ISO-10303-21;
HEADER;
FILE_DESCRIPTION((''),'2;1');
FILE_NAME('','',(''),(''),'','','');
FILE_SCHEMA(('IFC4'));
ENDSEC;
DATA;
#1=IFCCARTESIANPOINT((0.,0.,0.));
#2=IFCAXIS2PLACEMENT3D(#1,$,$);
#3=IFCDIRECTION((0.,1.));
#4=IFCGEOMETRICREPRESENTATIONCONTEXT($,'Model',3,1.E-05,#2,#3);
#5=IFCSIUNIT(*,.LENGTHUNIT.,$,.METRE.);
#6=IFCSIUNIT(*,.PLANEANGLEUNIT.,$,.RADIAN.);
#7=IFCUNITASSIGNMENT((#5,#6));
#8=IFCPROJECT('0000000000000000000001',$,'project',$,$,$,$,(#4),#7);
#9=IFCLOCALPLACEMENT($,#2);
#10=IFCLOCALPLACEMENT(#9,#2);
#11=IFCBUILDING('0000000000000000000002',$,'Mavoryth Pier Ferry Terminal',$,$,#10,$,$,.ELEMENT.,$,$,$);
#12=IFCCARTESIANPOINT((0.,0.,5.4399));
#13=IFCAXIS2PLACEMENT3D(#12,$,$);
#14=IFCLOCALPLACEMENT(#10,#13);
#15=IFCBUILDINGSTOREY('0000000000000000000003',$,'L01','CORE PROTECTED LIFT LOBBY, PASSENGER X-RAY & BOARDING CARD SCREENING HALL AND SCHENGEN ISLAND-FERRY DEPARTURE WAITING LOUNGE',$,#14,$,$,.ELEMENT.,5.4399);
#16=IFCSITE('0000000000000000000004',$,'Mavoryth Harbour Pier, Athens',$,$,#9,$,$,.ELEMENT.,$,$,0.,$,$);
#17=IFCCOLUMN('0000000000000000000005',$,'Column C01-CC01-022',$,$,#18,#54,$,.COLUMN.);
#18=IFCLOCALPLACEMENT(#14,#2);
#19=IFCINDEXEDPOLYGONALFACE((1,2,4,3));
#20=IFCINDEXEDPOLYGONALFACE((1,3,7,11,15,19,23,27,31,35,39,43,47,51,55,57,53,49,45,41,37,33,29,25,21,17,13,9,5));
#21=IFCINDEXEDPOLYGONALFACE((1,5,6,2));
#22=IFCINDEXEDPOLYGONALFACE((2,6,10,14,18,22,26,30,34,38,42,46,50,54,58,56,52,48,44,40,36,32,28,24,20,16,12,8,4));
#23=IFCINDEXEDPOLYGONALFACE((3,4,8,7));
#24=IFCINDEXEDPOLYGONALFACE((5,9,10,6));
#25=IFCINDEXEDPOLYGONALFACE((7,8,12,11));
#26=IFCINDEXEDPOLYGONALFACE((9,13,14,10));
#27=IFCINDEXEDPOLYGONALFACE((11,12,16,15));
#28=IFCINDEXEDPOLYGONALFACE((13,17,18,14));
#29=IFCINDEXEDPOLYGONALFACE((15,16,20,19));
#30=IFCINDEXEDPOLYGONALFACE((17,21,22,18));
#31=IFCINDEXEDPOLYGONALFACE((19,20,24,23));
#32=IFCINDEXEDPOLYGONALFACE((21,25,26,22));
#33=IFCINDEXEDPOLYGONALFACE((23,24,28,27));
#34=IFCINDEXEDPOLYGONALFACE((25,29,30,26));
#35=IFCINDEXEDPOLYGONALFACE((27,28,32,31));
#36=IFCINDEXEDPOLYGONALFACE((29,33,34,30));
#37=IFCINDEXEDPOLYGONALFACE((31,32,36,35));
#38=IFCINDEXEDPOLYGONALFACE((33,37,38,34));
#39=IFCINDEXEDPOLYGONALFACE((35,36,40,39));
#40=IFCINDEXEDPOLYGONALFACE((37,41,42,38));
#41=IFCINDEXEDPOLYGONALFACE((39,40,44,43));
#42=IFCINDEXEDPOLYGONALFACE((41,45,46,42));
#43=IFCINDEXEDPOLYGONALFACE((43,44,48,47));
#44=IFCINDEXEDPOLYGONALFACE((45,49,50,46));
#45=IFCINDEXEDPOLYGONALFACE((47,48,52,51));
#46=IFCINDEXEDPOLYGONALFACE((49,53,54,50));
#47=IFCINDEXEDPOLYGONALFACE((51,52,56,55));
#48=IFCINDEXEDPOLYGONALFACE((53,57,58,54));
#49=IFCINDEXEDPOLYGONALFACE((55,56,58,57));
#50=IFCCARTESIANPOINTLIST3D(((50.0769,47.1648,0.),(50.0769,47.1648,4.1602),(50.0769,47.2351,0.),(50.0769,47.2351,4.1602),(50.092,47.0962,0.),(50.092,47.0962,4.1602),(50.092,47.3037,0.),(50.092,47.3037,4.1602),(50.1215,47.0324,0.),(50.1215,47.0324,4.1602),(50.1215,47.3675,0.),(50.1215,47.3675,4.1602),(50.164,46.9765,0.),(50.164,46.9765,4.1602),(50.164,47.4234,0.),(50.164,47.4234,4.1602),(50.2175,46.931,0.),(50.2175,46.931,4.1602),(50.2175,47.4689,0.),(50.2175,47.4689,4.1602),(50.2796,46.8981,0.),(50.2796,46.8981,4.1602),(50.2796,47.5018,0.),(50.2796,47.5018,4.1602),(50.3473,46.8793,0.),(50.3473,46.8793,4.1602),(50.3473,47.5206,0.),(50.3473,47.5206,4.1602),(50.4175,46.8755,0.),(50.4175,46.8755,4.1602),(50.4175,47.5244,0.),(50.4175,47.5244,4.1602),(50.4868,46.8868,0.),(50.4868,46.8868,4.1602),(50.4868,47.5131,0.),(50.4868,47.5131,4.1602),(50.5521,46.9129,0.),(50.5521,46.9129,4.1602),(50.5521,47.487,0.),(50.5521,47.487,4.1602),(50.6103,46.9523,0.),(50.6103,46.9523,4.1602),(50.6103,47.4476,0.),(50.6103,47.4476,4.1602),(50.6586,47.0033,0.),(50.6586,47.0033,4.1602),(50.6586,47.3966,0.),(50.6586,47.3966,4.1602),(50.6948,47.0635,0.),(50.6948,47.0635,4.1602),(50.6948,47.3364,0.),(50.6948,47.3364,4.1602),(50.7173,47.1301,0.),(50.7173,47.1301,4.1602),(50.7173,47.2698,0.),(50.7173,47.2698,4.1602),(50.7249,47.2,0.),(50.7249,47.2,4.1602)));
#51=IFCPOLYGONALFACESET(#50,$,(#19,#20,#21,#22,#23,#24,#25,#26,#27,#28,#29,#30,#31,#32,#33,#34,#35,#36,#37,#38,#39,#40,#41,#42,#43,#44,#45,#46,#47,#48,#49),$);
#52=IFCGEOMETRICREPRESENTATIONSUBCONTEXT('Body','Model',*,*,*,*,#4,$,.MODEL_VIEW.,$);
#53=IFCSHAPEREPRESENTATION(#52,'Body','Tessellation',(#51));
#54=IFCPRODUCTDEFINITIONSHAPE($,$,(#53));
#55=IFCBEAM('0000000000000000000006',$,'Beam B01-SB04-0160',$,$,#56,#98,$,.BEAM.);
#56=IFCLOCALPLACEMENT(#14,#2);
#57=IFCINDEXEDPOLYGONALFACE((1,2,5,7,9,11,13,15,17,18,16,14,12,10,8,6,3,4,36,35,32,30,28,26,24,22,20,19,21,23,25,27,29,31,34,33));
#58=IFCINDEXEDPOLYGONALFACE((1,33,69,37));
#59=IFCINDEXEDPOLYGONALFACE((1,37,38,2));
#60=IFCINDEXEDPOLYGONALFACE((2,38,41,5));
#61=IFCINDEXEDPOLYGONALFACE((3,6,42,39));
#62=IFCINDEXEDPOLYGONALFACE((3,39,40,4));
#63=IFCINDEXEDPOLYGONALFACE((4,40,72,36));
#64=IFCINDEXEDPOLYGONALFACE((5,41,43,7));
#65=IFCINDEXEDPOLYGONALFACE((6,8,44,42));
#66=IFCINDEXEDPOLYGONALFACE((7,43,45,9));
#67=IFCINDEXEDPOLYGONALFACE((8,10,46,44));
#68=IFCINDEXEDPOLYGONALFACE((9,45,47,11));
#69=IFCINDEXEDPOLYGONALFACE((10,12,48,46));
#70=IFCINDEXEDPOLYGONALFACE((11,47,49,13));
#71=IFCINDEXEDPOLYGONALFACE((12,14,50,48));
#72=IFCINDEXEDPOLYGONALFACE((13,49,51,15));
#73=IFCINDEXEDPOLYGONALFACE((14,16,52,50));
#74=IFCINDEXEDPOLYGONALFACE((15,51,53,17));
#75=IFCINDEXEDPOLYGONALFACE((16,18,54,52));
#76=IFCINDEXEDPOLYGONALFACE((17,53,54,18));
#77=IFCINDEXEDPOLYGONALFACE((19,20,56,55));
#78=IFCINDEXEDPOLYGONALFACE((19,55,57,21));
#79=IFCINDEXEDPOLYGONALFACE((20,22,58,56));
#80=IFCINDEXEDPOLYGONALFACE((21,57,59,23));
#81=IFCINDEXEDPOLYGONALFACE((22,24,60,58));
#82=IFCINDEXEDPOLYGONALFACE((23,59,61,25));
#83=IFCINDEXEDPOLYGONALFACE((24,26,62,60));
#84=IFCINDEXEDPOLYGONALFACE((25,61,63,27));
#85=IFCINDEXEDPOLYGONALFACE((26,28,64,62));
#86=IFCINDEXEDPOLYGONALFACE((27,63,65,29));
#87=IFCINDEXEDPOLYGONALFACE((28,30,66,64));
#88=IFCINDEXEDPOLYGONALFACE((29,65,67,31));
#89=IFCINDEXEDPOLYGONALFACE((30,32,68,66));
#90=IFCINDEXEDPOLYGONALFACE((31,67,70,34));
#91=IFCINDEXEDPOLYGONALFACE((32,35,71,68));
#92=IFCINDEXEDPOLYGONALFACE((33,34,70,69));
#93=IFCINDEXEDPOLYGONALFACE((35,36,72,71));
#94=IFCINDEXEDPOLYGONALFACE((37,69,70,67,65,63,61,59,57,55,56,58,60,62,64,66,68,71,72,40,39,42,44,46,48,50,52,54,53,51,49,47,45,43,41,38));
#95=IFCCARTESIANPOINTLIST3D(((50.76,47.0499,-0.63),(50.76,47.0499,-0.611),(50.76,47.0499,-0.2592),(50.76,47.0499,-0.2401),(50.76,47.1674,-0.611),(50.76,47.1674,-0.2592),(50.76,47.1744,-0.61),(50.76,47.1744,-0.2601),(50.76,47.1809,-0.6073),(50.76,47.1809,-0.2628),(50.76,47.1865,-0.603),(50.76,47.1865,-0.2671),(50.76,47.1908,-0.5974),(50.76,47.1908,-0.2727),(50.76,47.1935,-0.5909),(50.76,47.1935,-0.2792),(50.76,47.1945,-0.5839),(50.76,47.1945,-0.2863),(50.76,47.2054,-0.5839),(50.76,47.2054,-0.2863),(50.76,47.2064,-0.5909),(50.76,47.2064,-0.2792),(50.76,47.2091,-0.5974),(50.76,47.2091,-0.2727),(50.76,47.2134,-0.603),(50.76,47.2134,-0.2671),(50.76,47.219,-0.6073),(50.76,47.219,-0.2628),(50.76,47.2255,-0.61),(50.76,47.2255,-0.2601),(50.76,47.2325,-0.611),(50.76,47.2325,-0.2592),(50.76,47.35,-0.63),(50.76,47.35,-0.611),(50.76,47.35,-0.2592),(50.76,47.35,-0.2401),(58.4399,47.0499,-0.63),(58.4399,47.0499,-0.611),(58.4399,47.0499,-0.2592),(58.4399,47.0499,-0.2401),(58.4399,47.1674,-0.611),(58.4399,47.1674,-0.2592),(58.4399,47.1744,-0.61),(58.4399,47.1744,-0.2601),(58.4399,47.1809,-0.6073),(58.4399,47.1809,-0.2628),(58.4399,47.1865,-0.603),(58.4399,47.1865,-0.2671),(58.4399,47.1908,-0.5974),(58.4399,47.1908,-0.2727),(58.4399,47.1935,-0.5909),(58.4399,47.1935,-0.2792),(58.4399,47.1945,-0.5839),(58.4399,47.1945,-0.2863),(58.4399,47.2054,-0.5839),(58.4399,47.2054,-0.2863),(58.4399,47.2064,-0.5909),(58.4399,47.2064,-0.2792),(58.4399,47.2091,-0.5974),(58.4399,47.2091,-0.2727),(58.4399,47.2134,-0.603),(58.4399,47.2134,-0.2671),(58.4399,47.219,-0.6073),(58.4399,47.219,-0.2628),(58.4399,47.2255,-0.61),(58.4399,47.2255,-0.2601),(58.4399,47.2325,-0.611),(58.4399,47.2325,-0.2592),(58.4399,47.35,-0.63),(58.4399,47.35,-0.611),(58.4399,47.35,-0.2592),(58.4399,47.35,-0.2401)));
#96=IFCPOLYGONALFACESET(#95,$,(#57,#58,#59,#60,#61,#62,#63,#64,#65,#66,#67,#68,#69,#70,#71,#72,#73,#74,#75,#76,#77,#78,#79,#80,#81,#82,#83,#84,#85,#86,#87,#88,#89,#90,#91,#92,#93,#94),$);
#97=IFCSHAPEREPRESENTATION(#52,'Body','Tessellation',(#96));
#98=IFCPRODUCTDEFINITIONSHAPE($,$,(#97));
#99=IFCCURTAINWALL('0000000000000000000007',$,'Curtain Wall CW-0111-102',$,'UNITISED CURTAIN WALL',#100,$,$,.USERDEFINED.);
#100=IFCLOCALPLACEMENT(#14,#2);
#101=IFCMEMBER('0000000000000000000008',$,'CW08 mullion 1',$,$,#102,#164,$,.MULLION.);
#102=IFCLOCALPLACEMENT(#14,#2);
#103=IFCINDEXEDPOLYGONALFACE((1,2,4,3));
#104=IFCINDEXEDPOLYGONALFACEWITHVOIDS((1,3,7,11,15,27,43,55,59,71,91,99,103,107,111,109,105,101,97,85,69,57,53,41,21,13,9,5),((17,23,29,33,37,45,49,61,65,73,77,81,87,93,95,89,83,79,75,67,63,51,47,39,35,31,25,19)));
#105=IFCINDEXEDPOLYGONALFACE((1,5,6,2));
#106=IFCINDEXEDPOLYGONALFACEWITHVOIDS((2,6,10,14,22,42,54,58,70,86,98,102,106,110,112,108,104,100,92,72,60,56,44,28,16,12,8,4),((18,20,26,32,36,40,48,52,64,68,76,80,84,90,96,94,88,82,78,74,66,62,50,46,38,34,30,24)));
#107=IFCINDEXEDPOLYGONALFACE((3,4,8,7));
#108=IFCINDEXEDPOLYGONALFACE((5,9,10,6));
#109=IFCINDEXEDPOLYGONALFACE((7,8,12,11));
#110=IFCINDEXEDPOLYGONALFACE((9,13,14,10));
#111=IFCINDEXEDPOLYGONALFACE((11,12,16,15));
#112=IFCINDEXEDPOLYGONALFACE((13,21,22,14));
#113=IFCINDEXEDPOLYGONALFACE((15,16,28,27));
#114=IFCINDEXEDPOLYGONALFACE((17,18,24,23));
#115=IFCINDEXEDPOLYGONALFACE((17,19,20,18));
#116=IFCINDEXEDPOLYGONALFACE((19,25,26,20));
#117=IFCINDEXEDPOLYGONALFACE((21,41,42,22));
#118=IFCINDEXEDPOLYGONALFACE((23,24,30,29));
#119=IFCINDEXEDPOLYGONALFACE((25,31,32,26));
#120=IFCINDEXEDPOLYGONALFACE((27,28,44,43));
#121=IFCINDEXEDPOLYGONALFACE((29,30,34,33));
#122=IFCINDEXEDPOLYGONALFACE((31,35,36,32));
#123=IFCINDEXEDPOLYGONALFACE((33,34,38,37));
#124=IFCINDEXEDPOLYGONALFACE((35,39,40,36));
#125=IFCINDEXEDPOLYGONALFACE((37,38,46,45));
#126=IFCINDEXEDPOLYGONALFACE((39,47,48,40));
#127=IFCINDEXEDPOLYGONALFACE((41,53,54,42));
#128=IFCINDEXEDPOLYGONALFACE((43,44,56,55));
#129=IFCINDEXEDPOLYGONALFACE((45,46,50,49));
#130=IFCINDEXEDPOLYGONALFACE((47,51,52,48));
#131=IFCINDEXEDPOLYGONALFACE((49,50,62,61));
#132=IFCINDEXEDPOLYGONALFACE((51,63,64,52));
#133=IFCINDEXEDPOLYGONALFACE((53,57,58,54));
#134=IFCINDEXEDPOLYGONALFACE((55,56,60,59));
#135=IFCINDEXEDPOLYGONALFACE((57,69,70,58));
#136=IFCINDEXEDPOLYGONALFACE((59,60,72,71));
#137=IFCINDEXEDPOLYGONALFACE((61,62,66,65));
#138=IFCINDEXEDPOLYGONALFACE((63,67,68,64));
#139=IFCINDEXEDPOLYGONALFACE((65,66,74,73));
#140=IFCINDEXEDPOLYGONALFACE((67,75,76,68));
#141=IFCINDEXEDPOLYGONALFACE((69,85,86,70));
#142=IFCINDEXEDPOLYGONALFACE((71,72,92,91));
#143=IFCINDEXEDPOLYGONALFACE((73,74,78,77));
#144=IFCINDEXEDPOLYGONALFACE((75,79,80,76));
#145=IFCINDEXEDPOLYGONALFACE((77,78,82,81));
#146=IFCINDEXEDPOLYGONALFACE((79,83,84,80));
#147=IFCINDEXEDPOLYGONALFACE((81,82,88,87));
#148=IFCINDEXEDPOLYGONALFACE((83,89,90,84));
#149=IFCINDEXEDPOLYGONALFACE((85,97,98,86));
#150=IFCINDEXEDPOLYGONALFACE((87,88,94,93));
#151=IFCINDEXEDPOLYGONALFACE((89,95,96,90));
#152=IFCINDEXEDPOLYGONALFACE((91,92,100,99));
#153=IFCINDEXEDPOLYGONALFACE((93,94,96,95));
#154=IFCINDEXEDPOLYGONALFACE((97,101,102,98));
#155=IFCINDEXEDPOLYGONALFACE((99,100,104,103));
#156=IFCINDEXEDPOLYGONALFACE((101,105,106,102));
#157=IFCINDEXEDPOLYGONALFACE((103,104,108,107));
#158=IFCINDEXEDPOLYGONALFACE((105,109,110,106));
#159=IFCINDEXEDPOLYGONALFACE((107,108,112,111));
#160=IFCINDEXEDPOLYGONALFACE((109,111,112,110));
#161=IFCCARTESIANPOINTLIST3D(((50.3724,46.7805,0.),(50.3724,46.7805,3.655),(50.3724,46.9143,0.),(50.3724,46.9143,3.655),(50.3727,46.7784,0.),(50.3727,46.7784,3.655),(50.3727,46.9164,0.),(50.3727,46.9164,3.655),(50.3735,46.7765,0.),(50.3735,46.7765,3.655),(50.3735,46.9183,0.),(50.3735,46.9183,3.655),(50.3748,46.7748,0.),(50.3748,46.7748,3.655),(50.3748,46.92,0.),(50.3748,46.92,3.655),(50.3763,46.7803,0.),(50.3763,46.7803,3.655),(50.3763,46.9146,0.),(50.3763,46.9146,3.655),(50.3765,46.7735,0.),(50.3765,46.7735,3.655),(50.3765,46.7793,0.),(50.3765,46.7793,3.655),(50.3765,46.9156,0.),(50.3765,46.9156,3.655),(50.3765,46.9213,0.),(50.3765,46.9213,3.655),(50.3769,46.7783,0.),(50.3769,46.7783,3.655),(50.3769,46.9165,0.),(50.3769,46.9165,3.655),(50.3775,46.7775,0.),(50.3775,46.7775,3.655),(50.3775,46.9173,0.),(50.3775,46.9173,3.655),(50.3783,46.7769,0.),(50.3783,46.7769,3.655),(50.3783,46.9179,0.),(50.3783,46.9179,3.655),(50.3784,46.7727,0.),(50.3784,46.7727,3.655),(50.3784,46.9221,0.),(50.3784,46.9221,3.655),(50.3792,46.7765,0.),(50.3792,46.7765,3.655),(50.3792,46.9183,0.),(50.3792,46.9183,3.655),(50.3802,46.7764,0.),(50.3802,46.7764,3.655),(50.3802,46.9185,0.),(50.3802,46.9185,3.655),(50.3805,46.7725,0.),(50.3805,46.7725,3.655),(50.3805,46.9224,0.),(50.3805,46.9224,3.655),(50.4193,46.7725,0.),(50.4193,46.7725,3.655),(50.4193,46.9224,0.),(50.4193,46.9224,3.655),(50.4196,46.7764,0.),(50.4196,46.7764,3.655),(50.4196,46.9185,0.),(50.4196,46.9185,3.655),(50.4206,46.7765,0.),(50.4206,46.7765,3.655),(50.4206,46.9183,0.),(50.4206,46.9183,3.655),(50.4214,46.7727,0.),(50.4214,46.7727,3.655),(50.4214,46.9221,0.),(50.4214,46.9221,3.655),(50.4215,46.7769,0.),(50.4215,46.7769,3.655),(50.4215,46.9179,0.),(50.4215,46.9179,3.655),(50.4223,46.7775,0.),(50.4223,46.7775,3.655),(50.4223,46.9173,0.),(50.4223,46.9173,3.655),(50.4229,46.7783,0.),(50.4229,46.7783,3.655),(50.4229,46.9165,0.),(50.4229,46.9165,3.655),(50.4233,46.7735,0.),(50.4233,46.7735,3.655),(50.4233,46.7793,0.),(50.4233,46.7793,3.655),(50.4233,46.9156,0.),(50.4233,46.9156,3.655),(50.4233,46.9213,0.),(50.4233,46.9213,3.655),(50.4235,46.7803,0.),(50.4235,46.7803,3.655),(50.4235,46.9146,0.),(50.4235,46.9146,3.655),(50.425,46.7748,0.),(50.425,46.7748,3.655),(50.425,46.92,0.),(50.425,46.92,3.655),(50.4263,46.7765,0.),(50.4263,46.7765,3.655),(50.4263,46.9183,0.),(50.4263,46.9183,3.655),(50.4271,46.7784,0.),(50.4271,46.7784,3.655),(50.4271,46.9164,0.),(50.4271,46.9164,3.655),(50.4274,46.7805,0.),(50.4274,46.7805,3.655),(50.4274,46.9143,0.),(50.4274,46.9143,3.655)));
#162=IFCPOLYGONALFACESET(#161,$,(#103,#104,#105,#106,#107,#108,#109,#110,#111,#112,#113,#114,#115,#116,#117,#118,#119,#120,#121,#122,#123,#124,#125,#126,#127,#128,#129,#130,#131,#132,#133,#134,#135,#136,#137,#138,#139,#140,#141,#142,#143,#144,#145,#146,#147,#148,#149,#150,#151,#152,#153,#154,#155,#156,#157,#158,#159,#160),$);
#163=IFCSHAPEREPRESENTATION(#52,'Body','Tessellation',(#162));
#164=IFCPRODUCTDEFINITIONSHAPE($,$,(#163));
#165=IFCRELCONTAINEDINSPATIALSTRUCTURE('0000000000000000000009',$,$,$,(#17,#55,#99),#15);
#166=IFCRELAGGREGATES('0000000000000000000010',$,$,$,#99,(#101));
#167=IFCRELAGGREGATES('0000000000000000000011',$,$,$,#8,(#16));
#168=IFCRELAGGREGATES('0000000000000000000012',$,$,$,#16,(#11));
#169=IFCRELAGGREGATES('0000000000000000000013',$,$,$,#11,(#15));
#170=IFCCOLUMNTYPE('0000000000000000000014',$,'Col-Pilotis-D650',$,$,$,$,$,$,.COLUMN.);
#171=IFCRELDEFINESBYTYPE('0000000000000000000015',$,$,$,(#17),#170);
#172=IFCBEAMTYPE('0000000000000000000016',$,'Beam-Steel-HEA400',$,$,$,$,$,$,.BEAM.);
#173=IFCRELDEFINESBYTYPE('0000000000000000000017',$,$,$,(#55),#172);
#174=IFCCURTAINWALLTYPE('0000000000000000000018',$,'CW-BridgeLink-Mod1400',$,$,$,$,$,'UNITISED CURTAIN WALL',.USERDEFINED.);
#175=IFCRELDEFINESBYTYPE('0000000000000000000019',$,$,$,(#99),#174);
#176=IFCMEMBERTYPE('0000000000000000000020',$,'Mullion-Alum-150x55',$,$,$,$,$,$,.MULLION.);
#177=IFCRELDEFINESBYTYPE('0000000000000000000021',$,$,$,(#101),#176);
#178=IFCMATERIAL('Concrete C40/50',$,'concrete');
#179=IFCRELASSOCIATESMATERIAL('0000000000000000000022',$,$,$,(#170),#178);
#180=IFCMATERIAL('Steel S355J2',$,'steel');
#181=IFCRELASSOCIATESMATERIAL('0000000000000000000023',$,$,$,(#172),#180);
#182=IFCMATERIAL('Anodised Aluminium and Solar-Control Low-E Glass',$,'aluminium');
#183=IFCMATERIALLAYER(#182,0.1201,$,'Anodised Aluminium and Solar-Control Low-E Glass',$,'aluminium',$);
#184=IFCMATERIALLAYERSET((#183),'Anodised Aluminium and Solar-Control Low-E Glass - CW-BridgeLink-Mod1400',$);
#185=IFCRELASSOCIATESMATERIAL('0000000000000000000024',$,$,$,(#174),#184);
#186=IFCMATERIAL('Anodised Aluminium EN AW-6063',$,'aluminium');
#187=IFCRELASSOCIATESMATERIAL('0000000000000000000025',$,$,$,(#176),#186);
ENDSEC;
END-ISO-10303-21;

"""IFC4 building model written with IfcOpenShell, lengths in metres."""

from ifc_helpers import new_model, si_unit, direction, frame, origin, origin_2d, place, context, subcontext, project, spatial, hollow_rectangle, circle, i_section, extrude, material, layer, layer_set, material_profile, profile_set, type_object, element, aggregate, save


model = new_model("IFC4")

# Units and contexts
model_context = context("Model", 3, precision=1e-05, world=origin(), true_north=direction((0.0, 1.0)))
body_context = subcontext(model_context, "Body", "Model", "MODEL_VIEW")
ifc_project = project(units=[si_unit("LENGTHUNIT", "METRE"), si_unit("PLANEANGLEUNIT", "RADIAN")], contexts=[model_context])

# Site, building, storey
site_placement = place(None, origin())
site = spatial("IfcSite", under=ifc_project, at=site_placement, Name="Mavoryth Harbour Pier, Athens", CompositionType="ELEMENT", RefElevation=0.0)
building_placement = place(site_placement, origin())
building = spatial("IfcBuilding", under=site, at=building_placement, Name="Mavoryth Pier Ferry Terminal", CompositionType="ELEMENT")
storey_placement = place(building_placement, frame((0.0, 0.0, 5.4399)))
storey = spatial("IfcBuildingStorey", under=building, at=storey_placement, Name="L01", Description="CORE PROTECTED LIFT LOBBY, PASSENGER X-RAY & BOARDING CARD SCREENING HALL AND SCHENGEN ISLAND-FERRY DEPARTURE WAITING LOUNGE", CompositionType="ELEMENT", Elevation=5.4399)

# Column
ifc_material_1 = material(Name="Concrete C40/50", Category="concrete")
ifc_material_profile_1 = material_profile(ifc_material_1, circle(Radius=0.325, at=origin_2d()), Name="RC D650", Category="concrete")
ifc_profile_set_1 = profile_set([ifc_material_profile_1], Name="Concrete C40/50 - RC D650")
column_type = type_object("IfcColumnType", Name="Col-Pilotis-D650", PredefinedType="COLUMN", material=ifc_profile_set_1)
column_placement = place(storey_placement, frame((50.3999, 47.2, 0.0), z_axis=(0.0, 0.0, 1.0), x_axis=(1.0, 0.0, 0.0)))
element("IfcColumn", 1, at=column_placement, inside=storey, type_object=column_type, Name="Column C01-CC01-022", PredefinedType="COLUMN", context=body_context, shape_type="SweptSolid", body=[
    extrude(circle(Radius=0.325, at=origin_2d()), origin(), (0.0, 0.0, 1.0), 4.1602),
])

# Beam
ifc_material_2 = material(Name="Steel S355J2", Category="steel")
ifc_material_profile_2 = material_profile(ifc_material_2, i_section(OverallWidth=0.3, OverallDepth=0.3899, WebThickness=0.011, FlangeThickness=0.019, FilletRadius=0.0271, at=origin_2d()), Name="HEA 400", Category="steel")
ifc_profile_set_2 = profile_set([ifc_material_profile_2], Name="Steel S355J2 - HEA 400")
beam_type_1 = type_object("IfcBeamType", Name="Beam-Steel-HEA400", PredefinedType="BEAM", material=ifc_profile_set_2)
beam_1_placement = place(storey_placement, frame((50.76, 47.2, -0.4351), z_axis=(1.0, 0.0, 0.0), x_axis=(0.0, 1.0, 0.0)))
element("IfcBeam", 2, at=beam_1_placement, inside=storey, type_object=beam_type_1, Name="Beam B01-SB04-0160", PredefinedType="BEAM", context=body_context, shape_type="SweptSolid", body=[
    extrude(i_section(OverallWidth=0.3, OverallDepth=0.3899, WebThickness=0.011, FlangeThickness=0.019, FilletRadius=0.0271, at=origin_2d()), origin(), (0.0, 0.0, 1.0), 7.6799),
])

# Curtain wall, member
ifc_material_3 = material(Name="Anodised Aluminium and Solar-Control Low-E Glass", Category="aluminium")
ifc_layer_1 = layer(ifc_material_3, 0.1201, Name="Anodised Aluminium and Solar-Control Low-E Glass", Category="aluminium")
ifc_layer_set_1 = layer_set([ifc_layer_1], Name="Anodised Aluminium and Solar-Control Low-E Glass - CW-BridgeLink-Mod1400")
curtain_wall_type = type_object("IfcCurtainWallType", Name="CW-BridgeLink-Mod1400", ElementType="UNITISED CURTAIN WALL", PredefinedType="USERDEFINED", material=ifc_layer_set_1)
curtain_wall_1_placement = place(storey_placement, origin())
curtain_wall_1 = element("IfcCurtainWall", 3, at=curtain_wall_1_placement, inside=storey, type_object=curtain_wall_type, Name="Curtain Wall CW-0111-102", ObjectType="UNITISED CURTAIN WALL", PredefinedType="USERDEFINED")
ifc_material_4 = material(Name="Anodised Aluminium EN AW-6063", Category="aluminium")
ifc_material_profile_3 = material_profile(ifc_material_4, hollow_rectangle(XDim=0.0549, YDim=0.1499, WallThickness=0.0039, InnerFilletRadius=0.0039, OuterFilletRadius=0.0081, at=origin_2d()), Name="AL-MULL 150x55x4", Category="aluminium")
ifc_profile_set_3 = profile_set([ifc_material_profile_3], Name="Anodised Aluminium EN AW-6063 - AL-MULL 150x55x4")
member_type_1 = type_object("IfcMemberType", Name="Mullion-Alum-150x55", PredefinedType="MULLION", material=ifc_profile_set_3)
member_1_placement = place(storey_placement, frame((50.3999, 46.8474, 0.0), z_axis=(0.0, 0.0, 1.0), x_axis=(1.0, 0.0, 0.0)))
member_1 = element("IfcMember", 4, at=member_1_placement, type_object=member_type_1, Name="CW08 mullion 1", PredefinedType="MULLION", context=body_context, shape_type="SweptSolid", body=[
    extrude(hollow_rectangle(XDim=0.0549, YDim=0.1499, WallThickness=0.0039, InnerFilletRadius=0.0039, OuterFilletRadius=0.0081, at=origin_2d()), origin(), (0.0, 0.0, 1.0), 3.655),
])

aggregate(curtain_wall_1, [member_1])

save(model, "model.ifc")
